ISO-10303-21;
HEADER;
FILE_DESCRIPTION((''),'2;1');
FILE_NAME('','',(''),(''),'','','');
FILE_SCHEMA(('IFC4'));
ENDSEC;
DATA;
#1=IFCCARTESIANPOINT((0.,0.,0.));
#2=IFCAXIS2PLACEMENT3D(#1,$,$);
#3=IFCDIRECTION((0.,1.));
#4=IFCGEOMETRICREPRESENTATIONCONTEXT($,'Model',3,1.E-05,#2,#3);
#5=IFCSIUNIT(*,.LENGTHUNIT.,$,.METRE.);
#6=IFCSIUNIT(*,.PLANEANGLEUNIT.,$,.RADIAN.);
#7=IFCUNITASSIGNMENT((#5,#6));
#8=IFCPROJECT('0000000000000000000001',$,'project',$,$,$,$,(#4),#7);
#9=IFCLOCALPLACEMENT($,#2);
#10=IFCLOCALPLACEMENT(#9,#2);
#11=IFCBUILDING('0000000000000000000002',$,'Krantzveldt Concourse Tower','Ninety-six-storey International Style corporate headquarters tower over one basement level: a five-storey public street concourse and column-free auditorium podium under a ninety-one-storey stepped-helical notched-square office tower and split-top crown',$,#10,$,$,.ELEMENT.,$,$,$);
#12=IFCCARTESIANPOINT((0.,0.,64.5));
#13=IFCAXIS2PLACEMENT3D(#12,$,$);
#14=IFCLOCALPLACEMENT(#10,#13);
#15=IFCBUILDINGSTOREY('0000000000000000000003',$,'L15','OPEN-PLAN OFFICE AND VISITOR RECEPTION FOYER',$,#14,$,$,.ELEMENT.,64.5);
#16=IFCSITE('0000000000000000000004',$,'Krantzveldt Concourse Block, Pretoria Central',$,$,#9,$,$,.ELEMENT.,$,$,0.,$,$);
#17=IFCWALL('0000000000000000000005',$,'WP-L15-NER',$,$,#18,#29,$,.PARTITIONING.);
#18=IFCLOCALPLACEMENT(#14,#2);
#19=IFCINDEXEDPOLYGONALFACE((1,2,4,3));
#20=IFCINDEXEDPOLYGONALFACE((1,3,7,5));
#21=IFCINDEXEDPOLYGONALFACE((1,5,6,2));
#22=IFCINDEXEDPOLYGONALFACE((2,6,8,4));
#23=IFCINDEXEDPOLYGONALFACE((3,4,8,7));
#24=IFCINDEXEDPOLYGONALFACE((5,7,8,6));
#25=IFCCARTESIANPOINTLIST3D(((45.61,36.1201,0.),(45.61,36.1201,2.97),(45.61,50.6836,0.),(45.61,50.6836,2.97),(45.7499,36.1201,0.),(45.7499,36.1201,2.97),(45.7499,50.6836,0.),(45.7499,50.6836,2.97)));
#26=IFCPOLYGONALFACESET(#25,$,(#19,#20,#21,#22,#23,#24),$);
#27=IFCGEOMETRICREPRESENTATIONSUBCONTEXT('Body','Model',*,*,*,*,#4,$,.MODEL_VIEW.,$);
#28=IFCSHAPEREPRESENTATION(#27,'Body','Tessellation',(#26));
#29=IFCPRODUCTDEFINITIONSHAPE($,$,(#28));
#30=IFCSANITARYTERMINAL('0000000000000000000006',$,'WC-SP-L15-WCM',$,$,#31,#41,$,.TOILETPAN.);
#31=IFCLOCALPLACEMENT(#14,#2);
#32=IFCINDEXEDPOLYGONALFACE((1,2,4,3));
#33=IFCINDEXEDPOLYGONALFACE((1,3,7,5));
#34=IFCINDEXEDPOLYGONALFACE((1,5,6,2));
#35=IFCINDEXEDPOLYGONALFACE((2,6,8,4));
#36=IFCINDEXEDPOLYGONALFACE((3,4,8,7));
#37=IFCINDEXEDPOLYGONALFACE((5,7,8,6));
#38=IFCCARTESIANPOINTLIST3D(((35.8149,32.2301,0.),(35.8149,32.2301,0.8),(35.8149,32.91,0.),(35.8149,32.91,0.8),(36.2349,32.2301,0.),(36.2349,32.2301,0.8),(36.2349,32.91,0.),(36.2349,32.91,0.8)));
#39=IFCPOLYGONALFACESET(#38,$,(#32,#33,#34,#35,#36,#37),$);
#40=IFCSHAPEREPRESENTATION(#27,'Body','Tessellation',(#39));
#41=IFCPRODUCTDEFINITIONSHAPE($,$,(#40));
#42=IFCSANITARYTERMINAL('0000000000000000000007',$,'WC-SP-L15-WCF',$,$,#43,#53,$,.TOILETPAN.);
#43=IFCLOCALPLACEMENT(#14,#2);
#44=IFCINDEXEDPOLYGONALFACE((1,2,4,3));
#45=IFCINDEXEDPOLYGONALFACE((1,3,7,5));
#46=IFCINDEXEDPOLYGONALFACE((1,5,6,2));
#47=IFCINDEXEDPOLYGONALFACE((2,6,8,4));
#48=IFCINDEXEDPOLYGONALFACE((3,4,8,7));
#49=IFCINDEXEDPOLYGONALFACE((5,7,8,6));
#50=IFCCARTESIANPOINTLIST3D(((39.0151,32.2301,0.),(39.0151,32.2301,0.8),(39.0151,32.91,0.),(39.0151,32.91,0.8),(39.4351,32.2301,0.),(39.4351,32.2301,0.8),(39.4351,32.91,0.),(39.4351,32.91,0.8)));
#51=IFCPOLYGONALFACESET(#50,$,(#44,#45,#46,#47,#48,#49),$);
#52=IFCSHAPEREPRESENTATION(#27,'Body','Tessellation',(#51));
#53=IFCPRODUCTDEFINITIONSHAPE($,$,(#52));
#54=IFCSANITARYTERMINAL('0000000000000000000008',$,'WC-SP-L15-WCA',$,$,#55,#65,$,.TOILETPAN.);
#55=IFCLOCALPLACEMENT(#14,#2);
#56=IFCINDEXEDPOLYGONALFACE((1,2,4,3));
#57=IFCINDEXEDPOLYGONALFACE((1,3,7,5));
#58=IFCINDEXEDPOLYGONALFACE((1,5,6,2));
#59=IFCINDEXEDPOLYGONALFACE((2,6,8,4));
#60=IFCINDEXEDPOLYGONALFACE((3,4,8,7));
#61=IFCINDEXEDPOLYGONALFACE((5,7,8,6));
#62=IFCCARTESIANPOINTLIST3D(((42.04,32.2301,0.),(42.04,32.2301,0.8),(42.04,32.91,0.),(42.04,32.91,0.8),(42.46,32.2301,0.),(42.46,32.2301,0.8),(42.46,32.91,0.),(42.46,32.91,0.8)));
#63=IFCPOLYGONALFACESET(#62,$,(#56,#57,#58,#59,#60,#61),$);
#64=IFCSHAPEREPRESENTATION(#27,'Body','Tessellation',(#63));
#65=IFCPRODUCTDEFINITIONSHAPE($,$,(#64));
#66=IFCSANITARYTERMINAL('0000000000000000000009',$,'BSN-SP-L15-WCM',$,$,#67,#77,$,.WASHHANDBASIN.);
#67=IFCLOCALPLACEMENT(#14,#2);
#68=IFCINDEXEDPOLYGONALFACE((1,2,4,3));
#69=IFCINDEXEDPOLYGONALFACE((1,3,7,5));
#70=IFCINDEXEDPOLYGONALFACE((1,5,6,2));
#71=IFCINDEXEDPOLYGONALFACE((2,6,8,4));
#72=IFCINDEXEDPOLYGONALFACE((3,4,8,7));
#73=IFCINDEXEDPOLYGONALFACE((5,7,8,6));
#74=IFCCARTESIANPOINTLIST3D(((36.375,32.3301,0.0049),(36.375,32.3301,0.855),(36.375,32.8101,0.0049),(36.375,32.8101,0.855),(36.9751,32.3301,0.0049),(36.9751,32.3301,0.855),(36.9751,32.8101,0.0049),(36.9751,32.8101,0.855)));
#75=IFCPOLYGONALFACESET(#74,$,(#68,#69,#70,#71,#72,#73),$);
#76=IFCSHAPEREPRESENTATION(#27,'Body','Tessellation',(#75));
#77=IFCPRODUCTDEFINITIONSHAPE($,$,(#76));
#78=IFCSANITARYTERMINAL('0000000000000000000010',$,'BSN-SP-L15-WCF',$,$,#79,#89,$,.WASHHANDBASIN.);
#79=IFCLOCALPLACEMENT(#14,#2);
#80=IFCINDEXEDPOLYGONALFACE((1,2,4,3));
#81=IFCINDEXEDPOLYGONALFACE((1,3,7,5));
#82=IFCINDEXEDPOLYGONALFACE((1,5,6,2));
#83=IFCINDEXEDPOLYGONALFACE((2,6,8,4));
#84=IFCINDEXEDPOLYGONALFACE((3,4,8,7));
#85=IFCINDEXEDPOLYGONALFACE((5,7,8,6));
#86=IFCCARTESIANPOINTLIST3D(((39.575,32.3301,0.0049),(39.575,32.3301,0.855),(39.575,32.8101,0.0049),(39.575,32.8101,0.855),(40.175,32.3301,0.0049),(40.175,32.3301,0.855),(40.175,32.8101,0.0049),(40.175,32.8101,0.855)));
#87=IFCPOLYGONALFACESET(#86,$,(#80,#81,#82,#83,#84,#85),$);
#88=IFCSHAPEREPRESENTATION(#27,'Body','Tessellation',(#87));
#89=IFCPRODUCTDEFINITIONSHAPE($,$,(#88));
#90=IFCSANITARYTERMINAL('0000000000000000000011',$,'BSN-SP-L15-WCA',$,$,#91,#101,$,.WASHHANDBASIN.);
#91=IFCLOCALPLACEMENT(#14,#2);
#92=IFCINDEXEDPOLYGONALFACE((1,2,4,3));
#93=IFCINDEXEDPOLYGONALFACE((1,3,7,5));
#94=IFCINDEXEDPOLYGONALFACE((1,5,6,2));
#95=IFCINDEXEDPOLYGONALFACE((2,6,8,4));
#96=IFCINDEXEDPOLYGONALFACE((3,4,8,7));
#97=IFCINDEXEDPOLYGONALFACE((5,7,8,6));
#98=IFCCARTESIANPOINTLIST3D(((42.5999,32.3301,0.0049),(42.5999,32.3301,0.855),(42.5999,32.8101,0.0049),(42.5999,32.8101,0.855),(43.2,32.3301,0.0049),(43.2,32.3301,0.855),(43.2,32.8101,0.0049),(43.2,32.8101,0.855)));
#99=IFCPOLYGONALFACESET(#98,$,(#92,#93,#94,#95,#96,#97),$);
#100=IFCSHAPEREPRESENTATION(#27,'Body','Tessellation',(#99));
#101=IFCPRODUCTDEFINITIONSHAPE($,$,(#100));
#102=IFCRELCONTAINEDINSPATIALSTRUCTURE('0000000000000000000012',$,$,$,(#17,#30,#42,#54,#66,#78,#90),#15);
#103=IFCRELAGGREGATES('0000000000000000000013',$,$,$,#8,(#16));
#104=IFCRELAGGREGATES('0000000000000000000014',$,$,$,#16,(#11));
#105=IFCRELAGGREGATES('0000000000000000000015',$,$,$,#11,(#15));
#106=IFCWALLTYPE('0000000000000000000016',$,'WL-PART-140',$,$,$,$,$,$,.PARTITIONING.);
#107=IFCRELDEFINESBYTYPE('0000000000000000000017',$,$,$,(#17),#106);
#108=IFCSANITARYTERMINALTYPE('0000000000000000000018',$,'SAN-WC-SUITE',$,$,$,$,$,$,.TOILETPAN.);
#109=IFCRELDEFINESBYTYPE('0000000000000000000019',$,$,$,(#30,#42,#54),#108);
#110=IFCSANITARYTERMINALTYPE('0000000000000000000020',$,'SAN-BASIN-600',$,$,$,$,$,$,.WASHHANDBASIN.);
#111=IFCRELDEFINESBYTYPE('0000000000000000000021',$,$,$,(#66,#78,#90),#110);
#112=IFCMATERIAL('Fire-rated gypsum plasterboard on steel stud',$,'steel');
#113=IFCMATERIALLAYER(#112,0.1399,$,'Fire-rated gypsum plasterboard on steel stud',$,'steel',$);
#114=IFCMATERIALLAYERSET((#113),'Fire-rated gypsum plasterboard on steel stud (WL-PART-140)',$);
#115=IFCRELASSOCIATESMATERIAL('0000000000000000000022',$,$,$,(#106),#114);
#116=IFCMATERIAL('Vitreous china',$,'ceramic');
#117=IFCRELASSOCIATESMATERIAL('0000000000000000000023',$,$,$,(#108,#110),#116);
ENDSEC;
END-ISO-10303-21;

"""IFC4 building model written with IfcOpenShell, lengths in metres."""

from ifc_helpers import new_model, si_unit, direction, frame, frame_2d, origin, origin_2d, place, context, subcontext, project, spatial, rectangle, extrude, source, transform, mapped, material, layer, layer_set, type_object, type_shapes, element, save


model = new_model("IFC4")

# Units and contexts
model_context = context("Model", 3, precision=1e-05, world=origin(), true_north=direction((0.0, 1.0)))
body_context = subcontext(model_context, "Body", "Model", "MODEL_VIEW")
ifc_project = project(units=[si_unit("LENGTHUNIT", "METRE"), si_unit("PLANEANGLEUNIT", "RADIAN")], contexts=[model_context])

# Site, building, storey
site_placement = place(None, origin())
site = spatial("IfcSite", under=ifc_project, at=site_placement, Name="Krantzveldt Concourse Block, Pretoria Central", CompositionType="ELEMENT", RefElevation=0.0)
building_placement = place(site_placement, origin())
building = spatial("IfcBuilding", under=site, at=building_placement, Name="Krantzveldt Concourse Tower", Description="Ninety-six-storey International Style corporate headquarters tower over one basement level: a five-storey public street concourse and column-free auditorium podium under a ninety-one-storey stepped-helical notched-square office tower and split-top crown", CompositionType="ELEMENT")
storey_placement = place(building_placement, frame((0.0, 0.0, 64.5)))
storey = spatial("IfcBuildingStorey", under=building, at=storey_placement, Name="L15", Description="OPEN-PLAN OFFICE AND VISITOR RECEPTION FOYER", CompositionType="ELEMENT", Elevation=64.5)

# Wall
ifc_material_1 = material(Name="Fire-rated gypsum plasterboard on steel stud", Category="steel")
ifc_layer_1 = layer(ifc_material_1, 0.1399, Name="Fire-rated gypsum plasterboard on steel stud", Category="steel")
ifc_layer_set_1 = layer_set([ifc_layer_1], Name="Fire-rated gypsum plasterboard on steel stud (WL-PART-140)")
wall_type_1 = type_object("IfcWallType", Name="WL-PART-140", PredefinedType="PARTITIONING", material=ifc_layer_set_1)
wall_1_placement = place(storey_placement, frame((45.6799, 36.1201, 0.0), z_axis=(0.0, 0.0, 1.0), x_axis=(0.0, 1.0, 0.0)))
element("IfcWall", 1, at=wall_1_placement, inside=storey, type_object=wall_type_1, Name="WP-L15-NER", PredefinedType="PARTITIONING", context=body_context, shape_type="SweptSolid", body=[
    extrude(rectangle(XDim=14.5635, YDim=0.1399, at=frame_2d((7.2817, 0.0))), origin(), (0.0, 0.0, 1.0), 2.97),
])

# Sanitary terminals
ifc_material_2 = material(Name="Vitreous china", Category="ceramic")
sanitary_terminal_type_1 = type_object("IfcSanitaryTerminalType", Name="SAN-WC-SUITE", PredefinedType="TOILETPAN", material=ifc_material_2)
shared_shape_1 = source(origin(), body_context, "Body", "SweptSolid", [
    extrude(rectangle(XDim=0.4199, YDim=0.6799, at=origin_2d()), origin(), (0.0, 0.0, 1.0), 0.8),
])
type_shapes(sanitary_terminal_type_1, [shared_shape_1])
for number, where, z_axis, x_axis, name in (
    (2, (36.0249, 32.5701, 0.0), (0.0, 0.0, 1.0), (1.0, 0.0, 0.0), "WC-SP-L15-WCM"),
    (3, (39.2251, 32.5701, 0.0), (0.0, 0.0, 1.0), (1.0, 0.0, 0.0), "WC-SP-L15-WCF"),
    (4, (42.25, 32.5701, 0.0), (0.0, 0.0, 1.0), (1.0, 0.0, 0.0), "WC-SP-L15-WCA"),
):
    element("IfcSanitaryTerminal", number, at=place(storey_placement, frame(where, z_axis=z_axis, x_axis=x_axis)), inside=storey, type_object=sanitary_terminal_type_1, Name=name, PredefinedType="TOILETPAN", context=body_context, shape_type="MappedRepresentation", body=[
        mapped(shared_shape_1, transform((0.0, 0.0, 0.0), x_axis=(1.0, 0.0, 0.0), y_axis=(0.0, 1.0, 0.0), z_axis=(0.0, 0.0, 1.0), scale=1.0)),
    ])
sanitary_terminal_type_2 = type_object("IfcSanitaryTerminalType", Name="SAN-BASIN-600", PredefinedType="WASHHANDBASIN", material=ifc_material_2)
shared_shape_2 = source(origin(), body_context, "Body", "SweptSolid", [
    extrude(rectangle(XDim=0.6001, YDim=0.48, at=origin_2d()), origin(), (0.0, 0.0, 1.0), 0.8501),
])
type_shapes(sanitary_terminal_type_2, [shared_shape_2])
for number, where, z_axis, x_axis, name in (
    (5, (36.675, 32.5701, 0.0049), (0.0, 0.0, 1.0), (1.0, 0.0, 0.0), "BSN-SP-L15-WCM"),
    (6, (39.875, 32.5701, 0.0049), (0.0, 0.0, 1.0), (1.0, 0.0, 0.0), "BSN-SP-L15-WCF"),
    (7, (42.8999, 32.5701, 0.0049), (0.0, 0.0, 1.0), (1.0, 0.0, 0.0), "BSN-SP-L15-WCA"),
):
    element("IfcSanitaryTerminal", number, at=place(storey_placement, frame(where, z_axis=z_axis, x_axis=x_axis)), inside=storey, type_object=sanitary_terminal_type_2, Name=name, PredefinedType="WASHHANDBASIN", context=body_context, shape_type="MappedRepresentation", body=[
        mapped(shared_shape_2, transform((0.0, 0.0, 0.0), x_axis=(1.0, 0.0, 0.0), y_axis=(0.0, 1.0, 0.0), z_axis=(0.0, 0.0, 1.0), scale=1.0)),
    ])

save(model, "model.ifc")
